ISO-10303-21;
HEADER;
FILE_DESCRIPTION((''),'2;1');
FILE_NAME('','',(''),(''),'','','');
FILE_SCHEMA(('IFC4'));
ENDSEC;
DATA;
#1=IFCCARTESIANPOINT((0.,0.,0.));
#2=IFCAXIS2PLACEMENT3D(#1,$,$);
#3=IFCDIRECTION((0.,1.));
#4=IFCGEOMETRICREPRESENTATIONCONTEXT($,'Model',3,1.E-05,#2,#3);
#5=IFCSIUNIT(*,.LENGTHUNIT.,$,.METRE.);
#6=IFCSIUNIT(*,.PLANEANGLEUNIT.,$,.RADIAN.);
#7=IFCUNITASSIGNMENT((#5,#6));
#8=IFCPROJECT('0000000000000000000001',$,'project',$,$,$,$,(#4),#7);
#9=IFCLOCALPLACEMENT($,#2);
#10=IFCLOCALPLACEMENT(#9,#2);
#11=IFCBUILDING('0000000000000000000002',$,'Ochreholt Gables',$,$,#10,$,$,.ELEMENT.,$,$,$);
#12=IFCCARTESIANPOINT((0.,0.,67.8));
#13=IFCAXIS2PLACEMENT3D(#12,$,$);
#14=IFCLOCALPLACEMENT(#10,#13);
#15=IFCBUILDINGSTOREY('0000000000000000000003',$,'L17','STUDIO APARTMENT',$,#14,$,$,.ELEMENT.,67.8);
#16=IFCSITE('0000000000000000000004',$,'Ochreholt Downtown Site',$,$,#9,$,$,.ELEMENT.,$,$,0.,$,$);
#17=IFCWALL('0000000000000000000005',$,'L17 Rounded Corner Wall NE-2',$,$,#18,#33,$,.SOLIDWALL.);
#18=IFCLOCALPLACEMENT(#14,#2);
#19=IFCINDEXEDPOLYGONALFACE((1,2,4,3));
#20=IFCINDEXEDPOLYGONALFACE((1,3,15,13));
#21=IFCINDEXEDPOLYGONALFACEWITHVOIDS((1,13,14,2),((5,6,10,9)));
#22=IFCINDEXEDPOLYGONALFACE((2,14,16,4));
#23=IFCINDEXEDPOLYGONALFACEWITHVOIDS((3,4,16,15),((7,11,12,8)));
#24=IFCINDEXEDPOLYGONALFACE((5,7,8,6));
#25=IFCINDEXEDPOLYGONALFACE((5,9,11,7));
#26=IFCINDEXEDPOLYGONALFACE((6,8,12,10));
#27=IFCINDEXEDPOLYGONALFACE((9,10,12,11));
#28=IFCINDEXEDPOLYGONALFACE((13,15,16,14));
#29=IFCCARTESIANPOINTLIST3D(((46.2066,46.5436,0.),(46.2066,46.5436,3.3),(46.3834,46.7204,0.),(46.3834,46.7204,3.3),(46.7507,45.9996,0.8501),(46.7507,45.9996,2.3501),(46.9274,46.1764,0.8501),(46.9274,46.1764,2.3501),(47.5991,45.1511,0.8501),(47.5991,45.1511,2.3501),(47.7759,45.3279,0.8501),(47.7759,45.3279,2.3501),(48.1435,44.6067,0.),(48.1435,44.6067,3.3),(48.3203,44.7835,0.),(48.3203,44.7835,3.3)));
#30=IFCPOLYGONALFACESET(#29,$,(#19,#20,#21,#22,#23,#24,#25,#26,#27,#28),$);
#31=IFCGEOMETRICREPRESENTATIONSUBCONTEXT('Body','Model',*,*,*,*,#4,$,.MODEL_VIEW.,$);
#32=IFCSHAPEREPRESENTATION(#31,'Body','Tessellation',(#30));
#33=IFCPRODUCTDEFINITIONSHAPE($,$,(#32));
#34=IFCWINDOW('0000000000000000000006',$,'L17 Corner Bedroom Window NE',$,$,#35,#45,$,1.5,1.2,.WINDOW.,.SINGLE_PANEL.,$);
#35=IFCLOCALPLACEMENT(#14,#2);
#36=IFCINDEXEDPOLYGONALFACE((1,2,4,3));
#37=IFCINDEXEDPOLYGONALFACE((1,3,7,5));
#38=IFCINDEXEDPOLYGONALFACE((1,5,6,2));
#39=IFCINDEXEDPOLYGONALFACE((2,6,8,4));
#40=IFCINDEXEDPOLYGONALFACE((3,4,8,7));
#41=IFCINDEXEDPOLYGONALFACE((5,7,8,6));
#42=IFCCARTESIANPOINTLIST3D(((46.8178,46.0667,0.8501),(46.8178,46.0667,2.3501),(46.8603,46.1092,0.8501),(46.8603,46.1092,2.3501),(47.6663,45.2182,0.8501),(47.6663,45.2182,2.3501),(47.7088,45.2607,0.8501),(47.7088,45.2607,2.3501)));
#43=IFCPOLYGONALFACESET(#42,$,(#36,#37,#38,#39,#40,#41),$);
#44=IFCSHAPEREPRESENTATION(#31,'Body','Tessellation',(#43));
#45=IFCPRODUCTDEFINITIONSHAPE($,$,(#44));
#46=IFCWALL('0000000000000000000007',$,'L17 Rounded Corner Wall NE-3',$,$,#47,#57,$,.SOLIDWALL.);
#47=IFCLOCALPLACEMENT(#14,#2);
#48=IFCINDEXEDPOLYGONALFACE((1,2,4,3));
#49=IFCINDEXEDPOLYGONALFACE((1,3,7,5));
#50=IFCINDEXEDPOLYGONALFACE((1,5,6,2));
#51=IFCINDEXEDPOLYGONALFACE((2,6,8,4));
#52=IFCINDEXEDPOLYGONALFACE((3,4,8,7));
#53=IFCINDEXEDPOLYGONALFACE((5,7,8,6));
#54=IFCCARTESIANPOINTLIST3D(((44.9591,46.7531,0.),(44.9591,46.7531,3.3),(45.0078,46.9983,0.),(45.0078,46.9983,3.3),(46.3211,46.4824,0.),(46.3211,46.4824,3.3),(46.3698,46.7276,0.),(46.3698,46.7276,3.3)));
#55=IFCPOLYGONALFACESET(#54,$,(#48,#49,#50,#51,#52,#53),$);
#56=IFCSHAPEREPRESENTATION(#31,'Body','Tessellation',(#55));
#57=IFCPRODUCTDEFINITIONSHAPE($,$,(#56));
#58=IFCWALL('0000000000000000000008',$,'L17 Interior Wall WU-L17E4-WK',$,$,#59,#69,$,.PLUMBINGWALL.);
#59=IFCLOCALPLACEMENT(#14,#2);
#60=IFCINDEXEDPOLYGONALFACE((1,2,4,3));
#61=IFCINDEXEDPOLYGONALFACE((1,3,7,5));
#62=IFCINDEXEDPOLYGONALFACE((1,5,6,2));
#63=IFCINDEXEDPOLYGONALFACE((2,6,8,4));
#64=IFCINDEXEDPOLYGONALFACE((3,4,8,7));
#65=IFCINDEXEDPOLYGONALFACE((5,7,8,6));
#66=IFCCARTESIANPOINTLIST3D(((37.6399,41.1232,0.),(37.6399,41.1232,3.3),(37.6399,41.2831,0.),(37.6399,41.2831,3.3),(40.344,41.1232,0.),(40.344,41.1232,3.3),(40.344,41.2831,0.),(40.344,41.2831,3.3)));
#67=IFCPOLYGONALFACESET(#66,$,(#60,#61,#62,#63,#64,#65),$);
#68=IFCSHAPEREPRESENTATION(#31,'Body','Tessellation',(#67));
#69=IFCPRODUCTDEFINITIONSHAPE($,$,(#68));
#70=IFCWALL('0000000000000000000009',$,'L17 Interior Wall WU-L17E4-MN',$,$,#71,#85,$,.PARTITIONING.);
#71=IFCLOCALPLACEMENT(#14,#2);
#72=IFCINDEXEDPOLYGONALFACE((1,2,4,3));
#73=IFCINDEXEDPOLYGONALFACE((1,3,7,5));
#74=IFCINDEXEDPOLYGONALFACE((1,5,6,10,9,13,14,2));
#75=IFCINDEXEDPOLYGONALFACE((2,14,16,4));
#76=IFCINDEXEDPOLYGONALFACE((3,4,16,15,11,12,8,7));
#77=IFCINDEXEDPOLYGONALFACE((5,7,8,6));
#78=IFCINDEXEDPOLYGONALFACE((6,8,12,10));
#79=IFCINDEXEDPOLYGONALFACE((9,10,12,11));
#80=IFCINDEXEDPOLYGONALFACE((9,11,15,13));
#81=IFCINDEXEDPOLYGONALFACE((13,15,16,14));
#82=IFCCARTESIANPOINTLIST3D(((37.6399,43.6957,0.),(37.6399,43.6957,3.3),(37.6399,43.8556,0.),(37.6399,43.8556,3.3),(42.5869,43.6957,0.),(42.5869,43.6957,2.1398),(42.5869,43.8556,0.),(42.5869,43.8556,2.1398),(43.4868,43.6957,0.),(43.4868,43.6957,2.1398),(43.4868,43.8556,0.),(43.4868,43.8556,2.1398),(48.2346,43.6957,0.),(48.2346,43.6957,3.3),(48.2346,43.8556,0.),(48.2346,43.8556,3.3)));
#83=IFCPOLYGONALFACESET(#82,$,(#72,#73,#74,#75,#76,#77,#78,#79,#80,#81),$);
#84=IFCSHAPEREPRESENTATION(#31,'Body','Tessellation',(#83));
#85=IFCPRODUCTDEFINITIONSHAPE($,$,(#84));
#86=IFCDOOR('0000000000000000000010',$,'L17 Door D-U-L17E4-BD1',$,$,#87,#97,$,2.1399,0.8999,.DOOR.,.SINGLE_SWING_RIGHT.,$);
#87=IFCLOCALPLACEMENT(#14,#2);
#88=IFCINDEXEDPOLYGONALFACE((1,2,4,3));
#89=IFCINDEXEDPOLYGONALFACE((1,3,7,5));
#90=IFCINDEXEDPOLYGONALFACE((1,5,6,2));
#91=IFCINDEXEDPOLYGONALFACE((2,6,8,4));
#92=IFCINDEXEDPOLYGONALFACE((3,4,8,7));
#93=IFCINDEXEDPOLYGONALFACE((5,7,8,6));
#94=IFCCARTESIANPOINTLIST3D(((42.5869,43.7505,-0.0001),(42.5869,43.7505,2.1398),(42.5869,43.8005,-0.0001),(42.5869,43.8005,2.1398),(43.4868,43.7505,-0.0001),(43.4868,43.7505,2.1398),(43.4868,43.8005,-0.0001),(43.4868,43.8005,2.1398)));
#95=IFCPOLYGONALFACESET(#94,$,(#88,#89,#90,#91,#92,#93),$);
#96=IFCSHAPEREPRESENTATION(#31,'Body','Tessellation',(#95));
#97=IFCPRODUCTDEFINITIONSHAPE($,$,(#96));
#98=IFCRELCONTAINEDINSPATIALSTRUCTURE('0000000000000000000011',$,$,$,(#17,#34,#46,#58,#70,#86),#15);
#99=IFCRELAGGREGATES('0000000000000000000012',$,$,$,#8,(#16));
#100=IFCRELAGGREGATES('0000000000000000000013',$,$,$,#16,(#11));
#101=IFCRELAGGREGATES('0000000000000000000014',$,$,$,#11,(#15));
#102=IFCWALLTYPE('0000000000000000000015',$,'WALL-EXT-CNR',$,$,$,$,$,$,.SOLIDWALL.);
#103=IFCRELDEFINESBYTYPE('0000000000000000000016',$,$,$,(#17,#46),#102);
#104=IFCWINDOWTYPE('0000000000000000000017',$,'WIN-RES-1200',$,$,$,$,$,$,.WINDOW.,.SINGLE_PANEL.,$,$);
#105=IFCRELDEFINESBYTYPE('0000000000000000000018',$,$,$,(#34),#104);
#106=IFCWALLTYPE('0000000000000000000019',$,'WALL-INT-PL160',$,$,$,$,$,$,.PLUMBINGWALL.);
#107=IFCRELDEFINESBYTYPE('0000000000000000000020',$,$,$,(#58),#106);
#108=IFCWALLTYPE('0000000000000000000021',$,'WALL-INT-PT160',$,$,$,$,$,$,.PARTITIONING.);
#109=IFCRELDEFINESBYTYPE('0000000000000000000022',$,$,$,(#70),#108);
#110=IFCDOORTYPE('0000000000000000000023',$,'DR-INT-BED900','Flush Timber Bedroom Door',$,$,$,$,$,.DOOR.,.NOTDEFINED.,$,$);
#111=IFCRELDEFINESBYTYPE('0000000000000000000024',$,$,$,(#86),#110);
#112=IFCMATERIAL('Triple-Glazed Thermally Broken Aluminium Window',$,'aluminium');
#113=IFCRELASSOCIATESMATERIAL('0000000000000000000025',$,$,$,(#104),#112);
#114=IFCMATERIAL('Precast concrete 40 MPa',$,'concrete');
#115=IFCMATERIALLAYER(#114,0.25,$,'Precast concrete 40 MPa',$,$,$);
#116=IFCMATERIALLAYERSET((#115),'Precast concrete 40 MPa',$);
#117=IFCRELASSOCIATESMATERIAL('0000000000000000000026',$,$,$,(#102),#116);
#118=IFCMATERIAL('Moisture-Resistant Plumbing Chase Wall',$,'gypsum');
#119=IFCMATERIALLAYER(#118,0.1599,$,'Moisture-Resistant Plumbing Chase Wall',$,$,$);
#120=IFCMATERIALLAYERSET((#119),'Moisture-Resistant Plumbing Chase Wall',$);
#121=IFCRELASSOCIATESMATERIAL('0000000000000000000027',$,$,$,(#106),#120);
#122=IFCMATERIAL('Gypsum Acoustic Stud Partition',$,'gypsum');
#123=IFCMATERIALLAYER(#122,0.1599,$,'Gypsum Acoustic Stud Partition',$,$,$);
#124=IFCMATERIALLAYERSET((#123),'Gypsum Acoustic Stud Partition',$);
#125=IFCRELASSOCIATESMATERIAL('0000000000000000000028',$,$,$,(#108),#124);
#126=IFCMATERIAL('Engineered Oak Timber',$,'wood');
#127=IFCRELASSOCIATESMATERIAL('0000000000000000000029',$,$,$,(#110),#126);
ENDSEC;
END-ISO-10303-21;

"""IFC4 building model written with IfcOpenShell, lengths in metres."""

from ifc_helpers import new_model, si_unit, direction, frame, frame_2d, origin, place, context, subcontext, project, spatial, rectangle, extrude, material, layer, layer_set, type_object, element, fill, save


model = new_model("IFC4")

# Units and contexts
model_context = context("Model", 3, precision=1e-05, world=origin(), true_north=direction((0.0, 1.0)))
body_context = subcontext(model_context, "Body", "Model", "MODEL_VIEW")
ifc_project = project(units=[si_unit("LENGTHUNIT", "METRE"), si_unit("PLANEANGLEUNIT", "RADIAN")], contexts=[model_context])

# Site, building, storey
site_placement = place(None, origin())
site = spatial("IfcSite", under=ifc_project, at=site_placement, Name="Ochreholt Downtown Site", CompositionType="ELEMENT", RefElevation=0.0)
building_placement = place(site_placement, origin())
building = spatial("IfcBuilding", under=site, at=building_placement, Name="Ochreholt Gables", CompositionType="ELEMENT")
storey_placement = place(building_placement, frame((0.0, 0.0, 67.8)))
storey = spatial("IfcBuildingStorey", under=building, at=storey_placement, Name="L17", Description="STUDIO APARTMENT", CompositionType="ELEMENT", Elevation=67.8)

# Shared definitions
ifc_material_1 = material(Name="Precast concrete 40 MPa", Category="concrete")
ifc_material_2 = material(Name="Triple-Glazed Thermally Broken Aluminium Window", Category="aluminium")
window_type_1 = type_object("IfcWindowType", Name="WIN-RES-1200", PartitioningType="SINGLE_PANEL", PredefinedType="WINDOW", material=ifc_material_2)

# Shared definitions
ifc_layer_1 = layer(ifc_material_1, 0.25, Name="Precast concrete 40 MPa")
ifc_layer_set_1 = layer_set([ifc_layer_1], Name="Precast concrete 40 MPa")
wall_type_1 = type_object("IfcWallType", Name="WALL-EXT-CNR", PredefinedType="SOLIDWALL", material=ifc_layer_set_1)

# Wall, opening, window
wall_1_placement = place(storey_placement, frame((48.2319, 44.6951, 0.0), z_axis=(0.0, 0.0, 1.0), x_axis=(-0.707107, 0.707107, 0.0)))
wall_1 = element("IfcWall", 1, at=wall_1_placement, inside=storey, type_object=wall_type_1, Name="L17 Rounded Corner Wall NE-2", PredefinedType="SOLIDWALL", context=body_context, shape_type="SweptSolid", body=[
    extrude(rectangle(XDim=2.7393, YDim=0.25, at=frame_2d((1.3696, 0.0))), origin(), (0.0, 0.0, 1.0), 3.3),
])
opening_1_placement = place(wall_1_placement, frame((0.7698, 0.0, 0.8501)))
opening_1 = element("IfcOpeningElement", 2, at=opening_1_placement, cuts=wall_1, PredefinedType="OPENING", context=body_context, shape_type="SweptSolid", body=[
    extrude(rectangle(XDim=1.2, YDim=1.5, at=frame_2d((0.6001, 0.75))), frame((0.0, 0.135, 0.0), z_axis=(0.0, -1.0, 0.0), x_axis=(1.0, 0.0, 0.0)), (0.0, 0.0, 1.0), 0.27),
])
window_1_placement = place(opening_1_placement, origin())
window_1 = element("IfcWindow", 3, at=window_1_placement, inside=storey, type_object=window_type_1, Name="L17 Corner Bedroom Window NE", OverallHeight=1.5, OverallWidth=1.2, PartitioningType="SINGLE_PANEL", PredefinedType="WINDOW", context=body_context, shape_type="SweptSolid", body=[
    extrude(rectangle(XDim=1.2, YDim=1.5, at=frame_2d((0.6001, 0.75))), frame((0.0, 0.03, 0.0), z_axis=(0.0, -1.0, 0.0), x_axis=(1.0, 0.0, 0.0)), (0.0, 0.0, 1.0), 0.0601),
])
fill(opening_1, window_1)

# Walls
wall_2_placement = place(storey_placement, frame((46.3455, 46.605, 0.0), z_axis=(0.0, 0.0, 1.0), x_axis=(-0.98081, 0.194967, 0.0)))
element("IfcWall", 4, at=wall_2_placement, inside=storey, type_object=wall_type_1, Name="L17 Rounded Corner Wall NE-3", PredefinedType="SOLIDWALL", context=body_context, shape_type="SweptSolid", body=[
    extrude(rectangle(XDim=1.3887, YDim=0.25, at=frame_2d((0.6943, 0.0))), origin(), (0.0, 0.0, 1.0), 3.3),
])
ifc_material_3 = material(Name="Moisture-Resistant Plumbing Chase Wall", Category="gypsum")
ifc_layer_2 = layer(ifc_material_3, 0.1599, Name="Moisture-Resistant Plumbing Chase Wall")
ifc_layer_set_2 = layer_set([ifc_layer_2], Name="Moisture-Resistant Plumbing Chase Wall")
wall_type_2 = type_object("IfcWallType", Name="WALL-INT-PL160", PredefinedType="PLUMBINGWALL", material=ifc_layer_set_2)
wall_3_placement = place(storey_placement, frame((37.6399, 41.2031, 0.0), z_axis=(0.0, 0.0, 1.0), x_axis=(1.0, 0.0, 0.0)))
element("IfcWall", 5, at=wall_3_placement, inside=storey, type_object=wall_type_2, Name="L17 Interior Wall WU-L17E4-WK", PredefinedType="PLUMBINGWALL", context=body_context, shape_type="SweptSolid", body=[
    extrude(rectangle(XDim=2.7041, YDim=0.1599, at=frame_2d((1.3521, 0.0))), origin(), (0.0, 0.0, 1.0), 3.3),
])

# Wall, opening, door
ifc_material_4 = material(Name="Gypsum Acoustic Stud Partition", Category="gypsum")
ifc_layer_3 = layer(ifc_material_4, 0.1599, Name="Gypsum Acoustic Stud Partition")
ifc_layer_set_3 = layer_set([ifc_layer_3], Name="Gypsum Acoustic Stud Partition")
wall_type_3 = type_object("IfcWallType", Name="WALL-INT-PT160", PredefinedType="PARTITIONING", material=ifc_layer_set_3)
wall_4_placement = place(storey_placement, frame((37.6399, 43.7756, 0.0), z_axis=(0.0, 0.0, 1.0), x_axis=(1.0, 0.0, 0.0)))
wall_4 = element("IfcWall", 6, at=wall_4_placement, inside=storey, type_object=wall_type_3, Name="L17 Interior Wall WU-L17E4-MN", PredefinedType="PARTITIONING", context=body_context, shape_type="SweptSolid", body=[
    extrude(rectangle(XDim=10.5947, YDim=0.1599, at=frame_2d((5.2974, 0.0))), origin(), (0.0, 0.0, 1.0), 3.3),
])
opening_2_placement = place(wall_4_placement, frame((4.947, 0.0, 0.0)))
opening_2 = element("IfcOpeningElement", 7, at=opening_2_placement, cuts=wall_4, PredefinedType="OPENING", context=body_context, shape_type="SweptSolid", body=[
    extrude(rectangle(XDim=0.8999, YDim=2.1399, at=frame_2d((0.45, 1.0698))), frame((0.0, 0.0898, 0.0), z_axis=(0.0, -1.0, 0.0), x_axis=(1.0, 0.0, 0.0)), (0.0, 0.0, 1.0), 0.1799),
])
ifc_material_5 = material(Name="Engineered Oak Timber", Category="wood")
door_type = type_object("IfcDoorType", Name="DR-INT-BED900", Description="Flush Timber Bedroom Door", OperationType="NOTDEFINED", PredefinedType="DOOR", material=ifc_material_5)
door_placement = place(opening_2_placement, origin())
door = element("IfcDoor", 8, at=door_placement, inside=storey, type_object=door_type, Name="L17 Door D-U-L17E4-BD1", OperationType="SINGLE_SWING_RIGHT", OverallHeight=2.1399, OverallWidth=0.8999, PredefinedType="DOOR", context=body_context, shape_type="SweptSolid", body=[
    extrude(rectangle(XDim=0.8999, YDim=2.1399, at=frame_2d((0.45, 1.0698))), frame((0.0, 0.0249, 0.0), z_axis=(0.0, -1.0, 0.0), x_axis=(1.0, 0.0, 0.0)), (0.0, 0.0, 1.0), 0.05),
])
fill(opening_2, door)

save(model, "model.ifc")
